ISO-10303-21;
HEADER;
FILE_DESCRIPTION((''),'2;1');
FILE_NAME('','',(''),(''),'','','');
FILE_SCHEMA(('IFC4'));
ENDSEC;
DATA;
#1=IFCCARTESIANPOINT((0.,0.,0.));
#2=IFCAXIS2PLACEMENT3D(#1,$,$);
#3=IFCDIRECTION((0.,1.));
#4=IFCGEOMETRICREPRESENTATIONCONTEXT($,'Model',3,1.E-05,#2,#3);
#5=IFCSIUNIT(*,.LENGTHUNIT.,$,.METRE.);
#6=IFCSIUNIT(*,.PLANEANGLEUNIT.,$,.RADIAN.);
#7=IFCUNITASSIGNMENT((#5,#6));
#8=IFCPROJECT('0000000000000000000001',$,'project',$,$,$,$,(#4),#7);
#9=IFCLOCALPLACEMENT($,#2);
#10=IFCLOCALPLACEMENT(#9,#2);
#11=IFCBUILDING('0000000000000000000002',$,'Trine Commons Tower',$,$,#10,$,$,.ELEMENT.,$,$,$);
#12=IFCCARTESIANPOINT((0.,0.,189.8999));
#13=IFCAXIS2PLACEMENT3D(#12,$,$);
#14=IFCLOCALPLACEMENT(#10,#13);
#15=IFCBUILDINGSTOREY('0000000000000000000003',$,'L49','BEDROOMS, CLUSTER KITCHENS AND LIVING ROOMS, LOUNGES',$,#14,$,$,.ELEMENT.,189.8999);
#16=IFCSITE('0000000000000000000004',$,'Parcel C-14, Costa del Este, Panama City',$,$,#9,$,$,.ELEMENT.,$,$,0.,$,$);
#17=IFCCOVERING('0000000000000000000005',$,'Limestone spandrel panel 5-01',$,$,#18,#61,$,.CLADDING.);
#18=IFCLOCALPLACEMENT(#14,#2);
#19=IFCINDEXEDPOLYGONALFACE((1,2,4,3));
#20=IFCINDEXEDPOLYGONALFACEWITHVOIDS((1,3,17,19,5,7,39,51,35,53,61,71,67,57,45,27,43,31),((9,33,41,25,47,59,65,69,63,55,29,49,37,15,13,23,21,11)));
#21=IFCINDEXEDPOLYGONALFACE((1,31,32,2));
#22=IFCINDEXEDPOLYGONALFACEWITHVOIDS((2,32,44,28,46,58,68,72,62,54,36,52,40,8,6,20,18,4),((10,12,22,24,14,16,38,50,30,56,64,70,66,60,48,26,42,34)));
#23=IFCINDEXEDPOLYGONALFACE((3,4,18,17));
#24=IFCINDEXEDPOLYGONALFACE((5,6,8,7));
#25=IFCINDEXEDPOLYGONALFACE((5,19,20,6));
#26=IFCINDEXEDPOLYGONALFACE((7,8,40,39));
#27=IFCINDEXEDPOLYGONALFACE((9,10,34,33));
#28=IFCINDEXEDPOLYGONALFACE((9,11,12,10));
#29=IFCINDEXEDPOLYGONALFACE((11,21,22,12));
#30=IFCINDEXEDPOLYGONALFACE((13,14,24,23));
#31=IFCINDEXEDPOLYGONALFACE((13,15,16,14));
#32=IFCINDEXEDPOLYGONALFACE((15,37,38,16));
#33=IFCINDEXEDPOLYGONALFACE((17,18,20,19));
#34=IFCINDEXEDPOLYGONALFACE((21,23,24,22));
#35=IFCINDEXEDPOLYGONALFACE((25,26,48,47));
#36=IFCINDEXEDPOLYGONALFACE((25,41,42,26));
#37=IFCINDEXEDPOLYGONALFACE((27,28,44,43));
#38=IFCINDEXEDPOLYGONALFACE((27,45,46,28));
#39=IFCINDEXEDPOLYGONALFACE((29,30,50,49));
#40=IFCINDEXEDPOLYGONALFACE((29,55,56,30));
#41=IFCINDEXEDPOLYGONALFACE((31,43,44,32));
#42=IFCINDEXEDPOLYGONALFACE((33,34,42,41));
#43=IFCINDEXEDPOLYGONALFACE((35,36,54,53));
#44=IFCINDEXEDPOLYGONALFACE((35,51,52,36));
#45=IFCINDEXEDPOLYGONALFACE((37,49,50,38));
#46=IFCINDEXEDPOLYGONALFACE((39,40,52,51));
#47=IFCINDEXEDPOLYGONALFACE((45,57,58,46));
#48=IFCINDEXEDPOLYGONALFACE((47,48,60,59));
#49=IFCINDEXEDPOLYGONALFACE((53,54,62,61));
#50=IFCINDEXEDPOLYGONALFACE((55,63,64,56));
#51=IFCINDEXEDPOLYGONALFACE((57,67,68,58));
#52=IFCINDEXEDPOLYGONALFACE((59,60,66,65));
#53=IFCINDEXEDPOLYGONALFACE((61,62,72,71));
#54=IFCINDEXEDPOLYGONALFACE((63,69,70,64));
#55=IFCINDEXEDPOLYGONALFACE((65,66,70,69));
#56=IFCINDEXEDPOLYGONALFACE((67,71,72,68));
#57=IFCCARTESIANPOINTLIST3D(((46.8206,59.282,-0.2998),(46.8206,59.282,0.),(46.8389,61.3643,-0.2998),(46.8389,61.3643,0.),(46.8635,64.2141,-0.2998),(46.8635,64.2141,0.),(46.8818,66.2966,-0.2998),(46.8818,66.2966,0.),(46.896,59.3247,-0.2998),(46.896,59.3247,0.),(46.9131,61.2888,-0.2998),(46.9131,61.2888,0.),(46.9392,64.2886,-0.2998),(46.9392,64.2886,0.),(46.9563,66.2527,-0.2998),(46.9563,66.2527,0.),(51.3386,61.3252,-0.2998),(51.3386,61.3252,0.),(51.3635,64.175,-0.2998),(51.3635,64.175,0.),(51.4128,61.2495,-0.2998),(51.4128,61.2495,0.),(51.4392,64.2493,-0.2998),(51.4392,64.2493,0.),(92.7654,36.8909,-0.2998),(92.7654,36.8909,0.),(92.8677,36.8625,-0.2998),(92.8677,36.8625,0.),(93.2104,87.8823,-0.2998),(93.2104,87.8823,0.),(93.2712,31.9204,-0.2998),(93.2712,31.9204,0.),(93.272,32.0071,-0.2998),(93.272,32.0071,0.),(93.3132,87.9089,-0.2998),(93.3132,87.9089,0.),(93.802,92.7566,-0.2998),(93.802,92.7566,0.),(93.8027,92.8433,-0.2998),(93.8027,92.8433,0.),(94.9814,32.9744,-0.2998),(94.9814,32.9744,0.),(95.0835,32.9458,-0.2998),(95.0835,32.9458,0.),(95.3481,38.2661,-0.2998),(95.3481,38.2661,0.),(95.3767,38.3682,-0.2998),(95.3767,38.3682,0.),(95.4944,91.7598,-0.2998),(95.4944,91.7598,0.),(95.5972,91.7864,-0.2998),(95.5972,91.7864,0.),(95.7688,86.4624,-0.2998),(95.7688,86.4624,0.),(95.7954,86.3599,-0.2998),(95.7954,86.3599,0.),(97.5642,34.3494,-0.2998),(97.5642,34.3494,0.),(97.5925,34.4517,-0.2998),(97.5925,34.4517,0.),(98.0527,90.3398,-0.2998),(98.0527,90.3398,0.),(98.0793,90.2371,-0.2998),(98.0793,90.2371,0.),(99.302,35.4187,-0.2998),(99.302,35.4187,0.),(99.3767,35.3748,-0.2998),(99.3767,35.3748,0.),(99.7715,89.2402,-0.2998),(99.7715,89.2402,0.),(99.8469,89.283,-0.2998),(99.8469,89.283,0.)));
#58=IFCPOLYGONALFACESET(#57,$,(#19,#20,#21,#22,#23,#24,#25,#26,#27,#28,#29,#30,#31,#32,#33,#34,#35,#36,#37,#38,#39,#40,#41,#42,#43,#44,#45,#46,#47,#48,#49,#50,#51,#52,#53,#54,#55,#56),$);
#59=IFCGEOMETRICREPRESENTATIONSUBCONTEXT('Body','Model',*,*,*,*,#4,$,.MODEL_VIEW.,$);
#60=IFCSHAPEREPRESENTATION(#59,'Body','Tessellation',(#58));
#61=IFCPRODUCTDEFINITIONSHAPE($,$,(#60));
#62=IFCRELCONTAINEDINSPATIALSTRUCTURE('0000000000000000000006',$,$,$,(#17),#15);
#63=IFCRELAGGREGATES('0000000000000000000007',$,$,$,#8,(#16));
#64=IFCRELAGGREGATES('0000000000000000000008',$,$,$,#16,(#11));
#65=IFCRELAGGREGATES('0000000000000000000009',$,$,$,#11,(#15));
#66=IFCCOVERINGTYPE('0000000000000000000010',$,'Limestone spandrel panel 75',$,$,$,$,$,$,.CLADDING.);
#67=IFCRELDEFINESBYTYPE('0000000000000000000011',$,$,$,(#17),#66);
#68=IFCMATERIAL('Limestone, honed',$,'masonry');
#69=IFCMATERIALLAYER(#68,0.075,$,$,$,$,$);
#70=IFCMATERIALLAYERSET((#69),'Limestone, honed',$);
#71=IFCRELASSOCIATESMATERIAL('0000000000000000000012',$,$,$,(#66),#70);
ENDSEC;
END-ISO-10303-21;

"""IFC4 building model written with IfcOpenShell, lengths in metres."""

from ifc_helpers import new_model, si_unit, direction, frame, origin, place, context, subcontext, project, spatial, polyline, outline, extrude, material, layer, layer_set, type_object, element, save


model = new_model("IFC4")

# Units and contexts
model_context = context("Model", 3, precision=1e-05, world=origin(), true_north=direction((0.0, 1.0)))
body_context = subcontext(model_context, "Body", "Model", "MODEL_VIEW")
ifc_project = project(units=[si_unit("LENGTHUNIT", "METRE"), si_unit("PLANEANGLEUNIT", "RADIAN")], contexts=[model_context])

# Site, building, storey
site_placement = place(None, origin())
site = spatial("IfcSite", under=ifc_project, at=site_placement, Name="Parcel C-14, Costa del Este, Panama City", CompositionType="ELEMENT", RefElevation=0.0)
building_placement = place(site_placement, origin())
building = spatial("IfcBuilding", under=site, at=building_placement, Name="Trine Commons Tower", CompositionType="ELEMENT")
storey_placement = place(building_placement, frame((0.0, 0.0, 189.8999)))
storey = spatial("IfcBuildingStorey", under=building, at=storey_placement, Name="L49", Description="BEDROOMS, CLUSTER KITCHENS AND LIVING ROOMS, LOUNGES", CompositionType="ELEMENT", Elevation=189.8999)

# Covering
ifc_material_1 = material(Name="Limestone, honed", Category="masonry")
ifc_layer_1 = layer(ifc_material_1, 0.075)
ifc_layer_set_1 = layer_set([ifc_layer_1], Name="Limestone, honed")
covering_type_1 = type_object("IfcCoveringType", Name="Limestone spandrel panel 75", PredefinedType="CLADDING", material=ifc_layer_set_1)
covering_1_placement = place(storey_placement, frame((0.0, 0.0, -0.2998)))
element("IfcCovering", 1, at=covering_1_placement, inside=storey, type_object=covering_type_1, Name="Limestone spandrel panel 5-01", PredefinedType="CLADDING", context=body_context, shape_type="SweptSolid", body=[
    extrude(outline(polyline([(95.3481, 38.2661), (97.5642, 34.3494), (99.3767, 35.3748), (99.8469, 89.283), (98.0527, 90.3398), (95.7688, 86.4624), (93.3132, 87.9089), (95.5972, 91.7864), (93.8027, 92.8433), (46.8818, 66.2966), (46.8635, 64.2141), (51.3635, 64.175), (51.3386, 61.3252), (46.8389, 61.3643), (46.8206, 59.282), (93.2712, 31.9204), (95.0835, 32.9458), (92.8677, 36.8625), (95.3481, 38.2661)]), holes=[polyline([(98.0793, 90.2371), (99.7715, 89.2402), (99.302, 35.4187), (97.5925, 34.4517), (95.3767, 38.3682), (92.7654, 36.8909), (94.9814, 32.9744), (93.272, 32.0071), (46.896, 59.3247), (46.9131, 61.2888), (51.4128, 61.2495), (51.4392, 64.2493), (46.9392, 64.2886), (46.9563, 66.2527), (93.802, 92.7566), (95.4944, 91.7598), (93.2104, 87.8823), (95.7954, 86.3599), (98.0793, 90.2371)])]), origin(), (0.0, 0.0, 1.0), 0.2998),
])

save(model, "model.ifc")
